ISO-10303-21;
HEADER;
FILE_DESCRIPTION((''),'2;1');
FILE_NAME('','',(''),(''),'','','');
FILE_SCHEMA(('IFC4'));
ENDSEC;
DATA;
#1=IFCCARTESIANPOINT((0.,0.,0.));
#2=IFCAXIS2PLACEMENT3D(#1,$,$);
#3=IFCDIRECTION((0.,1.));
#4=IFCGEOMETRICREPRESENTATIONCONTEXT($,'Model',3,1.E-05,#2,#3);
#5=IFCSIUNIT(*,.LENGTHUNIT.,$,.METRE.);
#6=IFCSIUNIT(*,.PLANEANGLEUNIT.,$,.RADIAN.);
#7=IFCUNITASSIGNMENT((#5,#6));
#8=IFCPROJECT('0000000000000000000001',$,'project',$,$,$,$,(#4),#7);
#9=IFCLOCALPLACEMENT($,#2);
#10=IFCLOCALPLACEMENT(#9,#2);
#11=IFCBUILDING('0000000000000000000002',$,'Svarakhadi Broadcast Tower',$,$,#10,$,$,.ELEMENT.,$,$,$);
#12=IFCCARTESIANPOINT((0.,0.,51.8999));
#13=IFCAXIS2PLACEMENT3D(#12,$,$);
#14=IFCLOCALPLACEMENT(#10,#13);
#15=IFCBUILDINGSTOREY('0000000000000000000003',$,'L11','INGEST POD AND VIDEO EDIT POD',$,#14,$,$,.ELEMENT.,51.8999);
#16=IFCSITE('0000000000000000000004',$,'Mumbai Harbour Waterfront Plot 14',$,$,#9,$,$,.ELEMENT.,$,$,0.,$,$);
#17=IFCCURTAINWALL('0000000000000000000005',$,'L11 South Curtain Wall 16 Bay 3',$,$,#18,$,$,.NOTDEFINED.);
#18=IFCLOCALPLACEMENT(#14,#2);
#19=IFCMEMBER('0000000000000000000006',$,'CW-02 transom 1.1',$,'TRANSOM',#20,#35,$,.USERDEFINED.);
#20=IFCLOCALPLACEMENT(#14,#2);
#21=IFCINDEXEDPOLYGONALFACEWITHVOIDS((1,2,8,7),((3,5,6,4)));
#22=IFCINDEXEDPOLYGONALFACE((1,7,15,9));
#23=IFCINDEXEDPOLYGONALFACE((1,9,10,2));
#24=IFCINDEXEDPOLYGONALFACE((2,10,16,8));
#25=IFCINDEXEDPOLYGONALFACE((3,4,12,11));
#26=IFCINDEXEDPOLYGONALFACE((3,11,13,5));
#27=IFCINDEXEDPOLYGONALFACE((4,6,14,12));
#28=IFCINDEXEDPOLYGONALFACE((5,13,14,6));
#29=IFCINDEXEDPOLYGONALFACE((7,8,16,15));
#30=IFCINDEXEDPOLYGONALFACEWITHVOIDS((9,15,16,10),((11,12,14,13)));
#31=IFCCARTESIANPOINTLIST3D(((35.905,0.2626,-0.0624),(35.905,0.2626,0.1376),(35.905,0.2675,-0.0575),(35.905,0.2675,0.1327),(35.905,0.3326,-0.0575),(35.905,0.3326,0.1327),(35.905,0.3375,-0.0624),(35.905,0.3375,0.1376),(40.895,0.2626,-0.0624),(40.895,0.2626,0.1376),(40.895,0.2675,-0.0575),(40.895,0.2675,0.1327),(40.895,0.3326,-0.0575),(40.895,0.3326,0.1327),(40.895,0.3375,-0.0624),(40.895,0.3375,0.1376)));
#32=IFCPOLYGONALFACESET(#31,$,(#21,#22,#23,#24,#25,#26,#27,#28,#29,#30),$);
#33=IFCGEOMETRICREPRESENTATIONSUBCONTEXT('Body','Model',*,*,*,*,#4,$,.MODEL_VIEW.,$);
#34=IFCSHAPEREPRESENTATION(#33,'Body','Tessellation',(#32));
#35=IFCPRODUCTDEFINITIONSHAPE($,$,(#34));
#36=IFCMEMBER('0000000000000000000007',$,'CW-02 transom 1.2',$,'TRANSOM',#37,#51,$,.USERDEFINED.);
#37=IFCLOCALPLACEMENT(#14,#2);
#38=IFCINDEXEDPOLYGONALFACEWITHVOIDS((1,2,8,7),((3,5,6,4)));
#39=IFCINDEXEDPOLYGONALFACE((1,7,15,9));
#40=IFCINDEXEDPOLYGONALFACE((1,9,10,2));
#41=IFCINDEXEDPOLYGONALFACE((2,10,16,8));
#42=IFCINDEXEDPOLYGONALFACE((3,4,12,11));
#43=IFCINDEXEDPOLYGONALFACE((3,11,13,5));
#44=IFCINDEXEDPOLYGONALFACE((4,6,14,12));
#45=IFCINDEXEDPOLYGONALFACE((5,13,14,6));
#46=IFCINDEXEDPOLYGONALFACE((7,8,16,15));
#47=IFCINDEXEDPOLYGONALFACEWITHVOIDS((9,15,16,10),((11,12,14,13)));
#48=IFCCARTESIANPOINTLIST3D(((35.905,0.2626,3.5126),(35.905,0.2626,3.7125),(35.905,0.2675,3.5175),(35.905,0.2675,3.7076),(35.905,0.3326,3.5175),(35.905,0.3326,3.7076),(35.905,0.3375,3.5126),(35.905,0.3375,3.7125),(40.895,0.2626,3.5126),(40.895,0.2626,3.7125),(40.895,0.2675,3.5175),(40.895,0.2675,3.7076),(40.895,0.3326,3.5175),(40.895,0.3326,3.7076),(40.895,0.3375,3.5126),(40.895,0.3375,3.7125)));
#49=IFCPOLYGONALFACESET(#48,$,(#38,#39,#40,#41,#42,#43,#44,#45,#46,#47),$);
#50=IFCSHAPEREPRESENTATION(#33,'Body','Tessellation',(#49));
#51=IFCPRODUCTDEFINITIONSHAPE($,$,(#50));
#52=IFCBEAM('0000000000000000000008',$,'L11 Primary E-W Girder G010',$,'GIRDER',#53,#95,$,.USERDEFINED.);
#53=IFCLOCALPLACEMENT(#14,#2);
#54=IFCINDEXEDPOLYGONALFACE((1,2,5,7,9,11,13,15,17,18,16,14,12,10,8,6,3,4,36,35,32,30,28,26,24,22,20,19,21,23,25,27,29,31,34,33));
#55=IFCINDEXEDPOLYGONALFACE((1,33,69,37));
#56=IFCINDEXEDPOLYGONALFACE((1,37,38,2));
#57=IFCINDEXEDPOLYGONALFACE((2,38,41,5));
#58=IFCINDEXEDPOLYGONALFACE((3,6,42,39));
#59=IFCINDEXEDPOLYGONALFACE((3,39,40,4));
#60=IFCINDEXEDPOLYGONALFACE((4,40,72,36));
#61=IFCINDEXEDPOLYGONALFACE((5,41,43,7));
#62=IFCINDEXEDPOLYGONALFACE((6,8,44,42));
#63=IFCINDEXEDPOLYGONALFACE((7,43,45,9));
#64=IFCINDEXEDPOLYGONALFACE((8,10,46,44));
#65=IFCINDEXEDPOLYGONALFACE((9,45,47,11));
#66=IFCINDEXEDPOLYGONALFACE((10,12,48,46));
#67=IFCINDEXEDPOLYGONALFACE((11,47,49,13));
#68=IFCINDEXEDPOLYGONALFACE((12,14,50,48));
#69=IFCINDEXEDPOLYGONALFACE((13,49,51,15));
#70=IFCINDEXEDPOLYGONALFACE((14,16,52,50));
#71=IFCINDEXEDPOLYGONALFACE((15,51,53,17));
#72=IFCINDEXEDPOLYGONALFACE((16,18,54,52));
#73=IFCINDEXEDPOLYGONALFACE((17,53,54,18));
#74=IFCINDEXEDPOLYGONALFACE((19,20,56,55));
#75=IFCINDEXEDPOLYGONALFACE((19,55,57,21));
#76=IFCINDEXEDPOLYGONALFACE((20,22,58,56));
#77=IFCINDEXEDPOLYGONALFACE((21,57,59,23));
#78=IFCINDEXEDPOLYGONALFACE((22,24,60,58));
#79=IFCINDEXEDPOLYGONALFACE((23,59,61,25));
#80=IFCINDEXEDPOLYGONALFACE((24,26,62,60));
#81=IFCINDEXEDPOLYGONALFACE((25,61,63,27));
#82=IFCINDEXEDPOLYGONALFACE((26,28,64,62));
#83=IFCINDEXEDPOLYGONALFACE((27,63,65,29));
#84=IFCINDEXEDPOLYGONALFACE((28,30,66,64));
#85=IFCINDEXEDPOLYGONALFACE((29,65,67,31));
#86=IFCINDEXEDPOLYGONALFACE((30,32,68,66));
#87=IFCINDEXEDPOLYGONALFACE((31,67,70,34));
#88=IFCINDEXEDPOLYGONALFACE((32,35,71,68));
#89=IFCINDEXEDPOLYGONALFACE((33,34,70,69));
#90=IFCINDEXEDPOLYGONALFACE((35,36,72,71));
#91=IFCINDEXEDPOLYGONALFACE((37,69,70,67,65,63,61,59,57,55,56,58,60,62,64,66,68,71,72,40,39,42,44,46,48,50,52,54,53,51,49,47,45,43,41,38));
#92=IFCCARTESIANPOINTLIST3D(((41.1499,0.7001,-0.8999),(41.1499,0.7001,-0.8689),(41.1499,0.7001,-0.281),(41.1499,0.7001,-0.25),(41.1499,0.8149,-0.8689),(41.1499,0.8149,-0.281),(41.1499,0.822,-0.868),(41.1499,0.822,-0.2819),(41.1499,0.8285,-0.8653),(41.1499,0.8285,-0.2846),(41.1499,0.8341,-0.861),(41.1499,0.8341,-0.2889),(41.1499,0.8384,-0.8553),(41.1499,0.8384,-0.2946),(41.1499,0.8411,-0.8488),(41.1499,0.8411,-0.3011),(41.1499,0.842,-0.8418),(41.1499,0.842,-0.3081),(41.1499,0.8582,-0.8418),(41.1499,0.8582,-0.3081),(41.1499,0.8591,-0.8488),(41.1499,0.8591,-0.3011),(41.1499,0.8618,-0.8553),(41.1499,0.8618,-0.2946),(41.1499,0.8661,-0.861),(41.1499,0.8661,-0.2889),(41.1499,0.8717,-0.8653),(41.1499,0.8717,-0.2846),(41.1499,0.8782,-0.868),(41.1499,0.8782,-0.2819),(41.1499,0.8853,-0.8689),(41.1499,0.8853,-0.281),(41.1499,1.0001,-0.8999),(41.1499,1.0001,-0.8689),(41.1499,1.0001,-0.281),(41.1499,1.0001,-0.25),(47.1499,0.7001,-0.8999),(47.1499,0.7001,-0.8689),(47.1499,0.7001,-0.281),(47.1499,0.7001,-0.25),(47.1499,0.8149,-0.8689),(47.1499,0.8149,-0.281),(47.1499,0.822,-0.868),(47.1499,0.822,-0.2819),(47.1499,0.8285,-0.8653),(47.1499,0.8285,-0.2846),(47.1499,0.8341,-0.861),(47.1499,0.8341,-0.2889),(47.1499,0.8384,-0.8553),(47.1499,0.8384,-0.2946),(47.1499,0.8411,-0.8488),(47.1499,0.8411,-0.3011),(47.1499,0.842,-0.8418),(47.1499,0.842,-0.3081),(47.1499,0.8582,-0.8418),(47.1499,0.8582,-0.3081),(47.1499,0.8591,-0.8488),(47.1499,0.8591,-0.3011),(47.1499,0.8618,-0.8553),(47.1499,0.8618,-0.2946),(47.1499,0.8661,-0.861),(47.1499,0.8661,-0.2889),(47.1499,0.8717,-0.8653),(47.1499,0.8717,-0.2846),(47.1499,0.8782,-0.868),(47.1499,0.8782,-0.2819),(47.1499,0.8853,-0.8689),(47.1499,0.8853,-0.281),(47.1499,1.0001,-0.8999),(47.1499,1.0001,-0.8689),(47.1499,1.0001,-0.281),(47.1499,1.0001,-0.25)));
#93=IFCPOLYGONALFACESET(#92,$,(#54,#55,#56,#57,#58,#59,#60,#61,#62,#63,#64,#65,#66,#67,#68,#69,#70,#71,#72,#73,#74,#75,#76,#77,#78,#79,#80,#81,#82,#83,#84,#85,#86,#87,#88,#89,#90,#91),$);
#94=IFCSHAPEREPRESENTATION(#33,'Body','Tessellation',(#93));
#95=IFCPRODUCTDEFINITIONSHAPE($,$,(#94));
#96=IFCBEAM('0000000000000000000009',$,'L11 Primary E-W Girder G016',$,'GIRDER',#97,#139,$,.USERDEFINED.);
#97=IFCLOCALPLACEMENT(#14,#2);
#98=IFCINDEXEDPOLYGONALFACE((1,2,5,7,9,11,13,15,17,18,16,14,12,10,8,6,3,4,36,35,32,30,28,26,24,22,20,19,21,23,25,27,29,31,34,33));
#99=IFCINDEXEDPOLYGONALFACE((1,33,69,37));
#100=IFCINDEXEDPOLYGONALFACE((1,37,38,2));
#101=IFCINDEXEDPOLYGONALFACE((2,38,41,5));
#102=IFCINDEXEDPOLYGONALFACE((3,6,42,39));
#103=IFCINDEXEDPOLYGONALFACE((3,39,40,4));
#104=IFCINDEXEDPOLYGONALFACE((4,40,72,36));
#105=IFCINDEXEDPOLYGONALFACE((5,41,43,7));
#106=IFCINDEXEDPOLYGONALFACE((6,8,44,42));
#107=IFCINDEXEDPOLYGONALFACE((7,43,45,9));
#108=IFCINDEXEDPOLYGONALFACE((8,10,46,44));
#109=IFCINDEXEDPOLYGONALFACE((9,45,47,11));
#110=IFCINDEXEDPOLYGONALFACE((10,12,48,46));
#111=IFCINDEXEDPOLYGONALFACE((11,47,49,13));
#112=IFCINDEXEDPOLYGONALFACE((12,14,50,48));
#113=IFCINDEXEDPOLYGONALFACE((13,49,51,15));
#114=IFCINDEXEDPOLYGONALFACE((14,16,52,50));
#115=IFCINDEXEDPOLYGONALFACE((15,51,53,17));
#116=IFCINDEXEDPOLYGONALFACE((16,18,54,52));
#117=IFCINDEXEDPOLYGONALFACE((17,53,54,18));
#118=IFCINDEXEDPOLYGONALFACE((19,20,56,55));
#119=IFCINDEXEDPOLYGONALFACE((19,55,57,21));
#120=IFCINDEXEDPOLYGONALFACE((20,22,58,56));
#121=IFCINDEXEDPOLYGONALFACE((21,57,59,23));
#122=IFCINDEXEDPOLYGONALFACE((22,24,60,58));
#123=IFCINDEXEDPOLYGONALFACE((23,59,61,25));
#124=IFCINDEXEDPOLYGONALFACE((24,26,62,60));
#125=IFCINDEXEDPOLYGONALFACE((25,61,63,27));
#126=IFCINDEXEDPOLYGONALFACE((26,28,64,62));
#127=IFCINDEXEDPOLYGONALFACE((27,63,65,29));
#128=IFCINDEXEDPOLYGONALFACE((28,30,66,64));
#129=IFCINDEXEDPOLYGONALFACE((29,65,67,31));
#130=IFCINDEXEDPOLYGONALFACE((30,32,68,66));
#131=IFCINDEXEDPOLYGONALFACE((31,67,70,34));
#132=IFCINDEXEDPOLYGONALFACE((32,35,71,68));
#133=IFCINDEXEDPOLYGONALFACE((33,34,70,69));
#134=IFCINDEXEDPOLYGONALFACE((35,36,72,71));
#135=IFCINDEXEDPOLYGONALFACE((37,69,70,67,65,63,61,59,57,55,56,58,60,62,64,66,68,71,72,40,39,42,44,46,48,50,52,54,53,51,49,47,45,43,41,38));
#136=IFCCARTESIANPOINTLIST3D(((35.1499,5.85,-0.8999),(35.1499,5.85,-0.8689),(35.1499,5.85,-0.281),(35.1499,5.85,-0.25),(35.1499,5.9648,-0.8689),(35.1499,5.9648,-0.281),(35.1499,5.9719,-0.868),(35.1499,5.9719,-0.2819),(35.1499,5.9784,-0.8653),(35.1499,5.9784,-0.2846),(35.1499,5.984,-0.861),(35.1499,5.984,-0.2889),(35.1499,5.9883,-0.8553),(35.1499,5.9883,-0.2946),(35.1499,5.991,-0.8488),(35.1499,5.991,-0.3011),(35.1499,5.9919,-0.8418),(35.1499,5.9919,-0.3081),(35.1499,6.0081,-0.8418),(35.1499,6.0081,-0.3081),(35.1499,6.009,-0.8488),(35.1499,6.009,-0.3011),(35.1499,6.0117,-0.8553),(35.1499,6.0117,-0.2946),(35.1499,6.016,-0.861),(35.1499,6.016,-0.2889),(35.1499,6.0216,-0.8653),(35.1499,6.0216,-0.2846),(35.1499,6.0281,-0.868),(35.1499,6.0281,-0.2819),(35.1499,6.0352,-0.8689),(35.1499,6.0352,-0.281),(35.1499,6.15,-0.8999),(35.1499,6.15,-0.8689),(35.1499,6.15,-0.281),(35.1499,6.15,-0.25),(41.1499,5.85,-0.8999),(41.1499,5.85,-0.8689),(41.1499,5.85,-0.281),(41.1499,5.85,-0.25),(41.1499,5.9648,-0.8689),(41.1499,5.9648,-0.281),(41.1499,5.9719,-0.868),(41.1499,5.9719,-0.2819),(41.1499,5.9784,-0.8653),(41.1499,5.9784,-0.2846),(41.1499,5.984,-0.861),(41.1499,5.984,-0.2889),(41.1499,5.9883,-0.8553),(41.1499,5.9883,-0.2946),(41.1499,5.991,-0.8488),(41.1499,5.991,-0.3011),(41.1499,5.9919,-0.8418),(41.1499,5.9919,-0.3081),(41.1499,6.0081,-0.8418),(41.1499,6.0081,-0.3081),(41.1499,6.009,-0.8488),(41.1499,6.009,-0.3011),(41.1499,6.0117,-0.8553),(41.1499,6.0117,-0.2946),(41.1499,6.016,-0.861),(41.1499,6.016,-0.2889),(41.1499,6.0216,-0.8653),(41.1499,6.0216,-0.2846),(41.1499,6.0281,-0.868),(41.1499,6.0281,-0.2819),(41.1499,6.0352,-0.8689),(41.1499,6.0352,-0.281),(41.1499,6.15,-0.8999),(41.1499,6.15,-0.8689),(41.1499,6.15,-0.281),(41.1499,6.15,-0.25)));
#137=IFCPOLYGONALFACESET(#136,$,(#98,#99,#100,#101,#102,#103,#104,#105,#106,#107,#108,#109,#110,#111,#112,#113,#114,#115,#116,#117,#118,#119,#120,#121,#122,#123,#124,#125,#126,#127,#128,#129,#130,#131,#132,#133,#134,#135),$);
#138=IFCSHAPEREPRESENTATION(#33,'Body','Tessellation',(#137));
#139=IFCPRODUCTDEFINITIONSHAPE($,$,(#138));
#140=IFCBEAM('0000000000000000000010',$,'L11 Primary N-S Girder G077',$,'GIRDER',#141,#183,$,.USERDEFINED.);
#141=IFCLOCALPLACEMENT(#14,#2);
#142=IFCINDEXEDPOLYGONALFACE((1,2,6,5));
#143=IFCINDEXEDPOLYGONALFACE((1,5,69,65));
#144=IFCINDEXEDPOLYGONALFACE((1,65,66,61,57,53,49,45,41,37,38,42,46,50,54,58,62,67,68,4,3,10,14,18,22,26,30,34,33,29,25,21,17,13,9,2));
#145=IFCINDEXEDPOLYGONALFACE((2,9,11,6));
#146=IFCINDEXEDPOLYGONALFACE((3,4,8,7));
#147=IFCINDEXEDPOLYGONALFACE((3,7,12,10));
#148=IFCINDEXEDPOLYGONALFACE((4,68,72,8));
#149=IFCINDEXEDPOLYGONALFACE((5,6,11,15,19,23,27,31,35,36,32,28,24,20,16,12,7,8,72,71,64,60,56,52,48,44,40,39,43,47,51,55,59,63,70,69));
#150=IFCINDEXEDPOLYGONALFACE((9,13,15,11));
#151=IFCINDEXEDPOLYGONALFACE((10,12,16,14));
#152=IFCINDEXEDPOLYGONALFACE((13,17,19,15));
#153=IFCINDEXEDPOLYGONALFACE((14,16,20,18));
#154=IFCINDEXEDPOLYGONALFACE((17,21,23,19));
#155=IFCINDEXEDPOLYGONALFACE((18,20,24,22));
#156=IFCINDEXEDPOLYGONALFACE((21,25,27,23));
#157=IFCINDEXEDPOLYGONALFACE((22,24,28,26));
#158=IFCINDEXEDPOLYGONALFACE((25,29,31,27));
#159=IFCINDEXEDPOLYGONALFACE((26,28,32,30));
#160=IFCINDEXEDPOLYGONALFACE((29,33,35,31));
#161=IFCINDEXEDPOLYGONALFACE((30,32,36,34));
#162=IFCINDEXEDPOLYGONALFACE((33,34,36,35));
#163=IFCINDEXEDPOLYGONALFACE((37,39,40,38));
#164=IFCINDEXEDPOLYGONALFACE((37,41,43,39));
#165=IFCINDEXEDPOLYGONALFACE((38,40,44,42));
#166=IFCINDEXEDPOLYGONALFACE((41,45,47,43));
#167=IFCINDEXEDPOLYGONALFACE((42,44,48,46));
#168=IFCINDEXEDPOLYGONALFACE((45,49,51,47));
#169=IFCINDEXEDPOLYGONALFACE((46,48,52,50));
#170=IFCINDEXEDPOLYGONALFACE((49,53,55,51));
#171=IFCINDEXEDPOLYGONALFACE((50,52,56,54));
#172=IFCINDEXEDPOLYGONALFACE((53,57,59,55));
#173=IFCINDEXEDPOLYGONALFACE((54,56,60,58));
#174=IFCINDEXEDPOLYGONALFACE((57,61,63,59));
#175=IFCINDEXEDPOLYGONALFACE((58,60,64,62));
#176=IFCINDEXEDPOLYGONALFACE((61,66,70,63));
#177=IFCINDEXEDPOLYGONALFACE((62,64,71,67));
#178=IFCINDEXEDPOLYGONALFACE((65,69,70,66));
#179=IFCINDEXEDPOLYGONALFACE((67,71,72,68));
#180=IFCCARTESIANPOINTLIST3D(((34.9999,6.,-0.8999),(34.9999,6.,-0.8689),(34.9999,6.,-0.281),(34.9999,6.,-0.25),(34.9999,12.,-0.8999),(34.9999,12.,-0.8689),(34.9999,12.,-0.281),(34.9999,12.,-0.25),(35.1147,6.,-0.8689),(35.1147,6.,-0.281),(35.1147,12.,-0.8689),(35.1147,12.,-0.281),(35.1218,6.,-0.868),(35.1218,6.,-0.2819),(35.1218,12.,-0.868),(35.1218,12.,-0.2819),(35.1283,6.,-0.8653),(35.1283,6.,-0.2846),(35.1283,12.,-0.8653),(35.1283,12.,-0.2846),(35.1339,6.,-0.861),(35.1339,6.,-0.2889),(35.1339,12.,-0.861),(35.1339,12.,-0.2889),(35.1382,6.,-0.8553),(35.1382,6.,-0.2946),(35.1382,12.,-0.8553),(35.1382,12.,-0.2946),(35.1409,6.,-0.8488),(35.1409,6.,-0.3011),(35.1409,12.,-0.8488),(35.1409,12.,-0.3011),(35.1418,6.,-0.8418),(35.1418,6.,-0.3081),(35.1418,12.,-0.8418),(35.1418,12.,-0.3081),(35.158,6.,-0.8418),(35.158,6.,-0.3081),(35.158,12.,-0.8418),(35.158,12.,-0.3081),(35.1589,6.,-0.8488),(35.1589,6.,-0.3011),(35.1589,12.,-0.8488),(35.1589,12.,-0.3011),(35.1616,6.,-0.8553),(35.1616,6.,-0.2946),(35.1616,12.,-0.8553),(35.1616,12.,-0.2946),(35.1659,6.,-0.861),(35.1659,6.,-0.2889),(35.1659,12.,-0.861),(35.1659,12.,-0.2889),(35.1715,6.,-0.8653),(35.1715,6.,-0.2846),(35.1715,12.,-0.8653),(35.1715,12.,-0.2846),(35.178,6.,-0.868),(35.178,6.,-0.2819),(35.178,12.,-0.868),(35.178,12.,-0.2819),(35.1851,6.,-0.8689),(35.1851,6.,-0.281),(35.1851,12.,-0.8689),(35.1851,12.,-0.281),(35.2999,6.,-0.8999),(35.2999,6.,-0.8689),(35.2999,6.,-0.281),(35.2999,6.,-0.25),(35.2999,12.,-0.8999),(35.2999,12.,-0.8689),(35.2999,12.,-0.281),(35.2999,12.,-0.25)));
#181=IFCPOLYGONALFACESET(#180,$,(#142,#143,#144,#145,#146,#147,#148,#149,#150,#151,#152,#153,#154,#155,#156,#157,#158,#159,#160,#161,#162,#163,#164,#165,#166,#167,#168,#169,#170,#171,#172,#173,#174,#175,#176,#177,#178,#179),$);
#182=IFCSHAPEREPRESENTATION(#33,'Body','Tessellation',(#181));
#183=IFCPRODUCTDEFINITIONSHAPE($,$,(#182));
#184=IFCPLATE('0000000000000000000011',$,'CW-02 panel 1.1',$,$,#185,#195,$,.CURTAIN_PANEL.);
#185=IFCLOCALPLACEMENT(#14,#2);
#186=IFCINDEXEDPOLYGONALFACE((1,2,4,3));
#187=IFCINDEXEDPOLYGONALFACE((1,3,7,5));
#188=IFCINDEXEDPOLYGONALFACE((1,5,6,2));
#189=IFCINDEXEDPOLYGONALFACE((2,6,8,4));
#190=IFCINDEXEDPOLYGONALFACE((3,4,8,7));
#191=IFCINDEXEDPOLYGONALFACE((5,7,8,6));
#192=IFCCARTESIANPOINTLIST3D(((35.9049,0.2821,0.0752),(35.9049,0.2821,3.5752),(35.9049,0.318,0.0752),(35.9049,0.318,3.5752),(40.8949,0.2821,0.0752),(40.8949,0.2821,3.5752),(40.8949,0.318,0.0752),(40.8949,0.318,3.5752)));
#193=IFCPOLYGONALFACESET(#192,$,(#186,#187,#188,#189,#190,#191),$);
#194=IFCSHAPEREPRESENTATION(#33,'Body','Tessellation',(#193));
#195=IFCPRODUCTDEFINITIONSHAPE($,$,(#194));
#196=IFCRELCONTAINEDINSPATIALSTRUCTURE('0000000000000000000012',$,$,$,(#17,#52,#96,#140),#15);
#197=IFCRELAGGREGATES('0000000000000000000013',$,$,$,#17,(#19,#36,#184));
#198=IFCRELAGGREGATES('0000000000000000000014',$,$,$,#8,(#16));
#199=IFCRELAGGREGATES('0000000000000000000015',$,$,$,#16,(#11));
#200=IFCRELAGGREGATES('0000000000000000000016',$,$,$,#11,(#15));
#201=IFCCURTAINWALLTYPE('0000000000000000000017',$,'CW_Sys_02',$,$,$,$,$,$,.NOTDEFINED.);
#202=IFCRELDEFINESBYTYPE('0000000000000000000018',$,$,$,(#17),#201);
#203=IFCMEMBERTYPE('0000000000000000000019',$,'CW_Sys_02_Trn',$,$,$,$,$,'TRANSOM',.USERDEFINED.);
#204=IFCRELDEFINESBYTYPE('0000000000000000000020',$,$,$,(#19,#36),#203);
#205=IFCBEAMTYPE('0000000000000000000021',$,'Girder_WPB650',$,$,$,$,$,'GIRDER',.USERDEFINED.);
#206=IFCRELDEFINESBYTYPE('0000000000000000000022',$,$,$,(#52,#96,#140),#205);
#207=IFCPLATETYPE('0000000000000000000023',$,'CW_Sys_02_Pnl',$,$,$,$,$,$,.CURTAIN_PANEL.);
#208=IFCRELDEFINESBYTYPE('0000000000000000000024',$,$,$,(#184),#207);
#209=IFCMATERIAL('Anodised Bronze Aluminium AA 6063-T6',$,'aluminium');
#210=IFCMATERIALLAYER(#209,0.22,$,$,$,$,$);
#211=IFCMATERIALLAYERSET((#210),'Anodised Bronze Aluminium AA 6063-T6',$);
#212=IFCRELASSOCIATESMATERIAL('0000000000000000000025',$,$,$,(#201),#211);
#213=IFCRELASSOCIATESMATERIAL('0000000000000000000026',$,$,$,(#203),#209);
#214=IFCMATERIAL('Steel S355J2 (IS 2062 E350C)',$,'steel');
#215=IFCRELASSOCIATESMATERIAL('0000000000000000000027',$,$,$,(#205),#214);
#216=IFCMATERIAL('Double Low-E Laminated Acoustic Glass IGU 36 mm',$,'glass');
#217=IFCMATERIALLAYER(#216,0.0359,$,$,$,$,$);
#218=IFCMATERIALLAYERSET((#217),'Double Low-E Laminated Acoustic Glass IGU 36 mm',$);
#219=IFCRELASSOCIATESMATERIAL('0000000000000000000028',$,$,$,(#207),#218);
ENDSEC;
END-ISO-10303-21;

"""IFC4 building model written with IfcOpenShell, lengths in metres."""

from ifc_helpers import new_model, si_unit, direction, frame, origin, origin_2d, place, context, subcontext, project, spatial, rectangle, hollow_rectangle, i_section, extrude, material, layer, layer_set, material_profile, profile_set, type_object, element, aggregate, save


model = new_model("IFC4")

# Units and contexts
model_context = context("Model", 3, precision=1e-05, world=origin(), true_north=direction((0.0, 1.0)))
body_context = subcontext(model_context, "Body", "Model", "MODEL_VIEW")
ifc_project = project(units=[si_unit("LENGTHUNIT", "METRE"), si_unit("PLANEANGLEUNIT", "RADIAN")], contexts=[model_context])

# Site, building, storey
site_placement = place(None, origin())
site = spatial("IfcSite", under=ifc_project, at=site_placement, Name="Mumbai Harbour Waterfront Plot 14", CompositionType="ELEMENT", RefElevation=0.0)
building_placement = place(site_placement, origin())
building = spatial("IfcBuilding", under=site, at=building_placement, Name="Svarakhadi Broadcast Tower", CompositionType="ELEMENT")
storey_placement = place(building_placement, frame((0.0, 0.0, 51.8999)))
storey = spatial("IfcBuildingStorey", under=building, at=storey_placement, Name="L11", Description="INGEST POD AND VIDEO EDIT POD", CompositionType="ELEMENT", Elevation=51.8999)

# Shared definitions
ifc_material_1 = material(Name="Steel S355J2 (IS 2062 E350C)", Category="steel")

# Curtain wall, members
ifc_material_2 = material(Name="Anodised Bronze Aluminium AA 6063-T6", Category="aluminium")
ifc_layer_1 = layer(ifc_material_2, 0.22)
ifc_layer_set_1 = layer_set([ifc_layer_1], Name="Anodised Bronze Aluminium AA 6063-T6")
curtain_wall_type = type_object("IfcCurtainWallType", Name="CW_Sys_02", PredefinedType="NOTDEFINED", material=ifc_layer_set_1)
curtain_wall_placement = place(storey_placement, origin())
curtain_wall = element("IfcCurtainWall", 1, at=curtain_wall_placement, inside=storey, type_object=curtain_wall_type, Name="L11 South Curtain Wall 16 Bay 3", PredefinedType="NOTDEFINED")
ifc_material_profile_1 = material_profile(ifc_material_2, hollow_rectangle(XDim=0.075, YDim=0.2, WallThickness=0.0049, at=origin_2d()), Name="ALU TRANSOM 200x75x5")
ifc_profile_set_1 = profile_set([ifc_material_profile_1], Name="Anodised Bronze Aluminium AA 6063-T6")
member_type_1 = type_object("IfcMemberType", Name="CW_Sys_02_Trn", ElementType="TRANSOM", PredefinedType="USERDEFINED", material=ifc_profile_set_1)
member_1_placement = place(storey_placement, frame((40.895, 0.3, 0.0376), z_axis=(-1.0, 0.0, 0.0), x_axis=(0.0, -1.0, 0.0)))
member_1 = element("IfcMember", 2, at=member_1_placement, type_object=member_type_1, Name="CW-02 transom 1.1", ObjectType="TRANSOM", PredefinedType="USERDEFINED", context=body_context, shape_type="SweptSolid", body=[
    extrude(hollow_rectangle(XDim=0.075, YDim=0.2, WallThickness=0.0049, at=origin_2d()), origin(), (0.0, 0.0, 1.0), 4.99),
])
member_2_placement = place(storey_placement, frame((40.895, 0.3, 3.6125), z_axis=(-1.0, 0.0, 0.0), x_axis=(0.0, -1.0, 0.0)))
member_2 = element("IfcMember", 3, at=member_2_placement, type_object=member_type_1, Name="CW-02 transom 1.2", ObjectType="TRANSOM", PredefinedType="USERDEFINED", context=body_context, shape_type="SweptSolid", body=[
    extrude(hollow_rectangle(XDim=0.075, YDim=0.2, WallThickness=0.0049, at=origin_2d()), origin(), (0.0, 0.0, 1.0), 4.99),
])

# Beams
ifc_material_profile_2 = material_profile(ifc_material_1, i_section(OverallWidth=0.3, OverallDepth=0.6499, WebThickness=0.0161, FlangeThickness=0.031, FilletRadius=0.0271, at=origin_2d()), Name="WPB 650x300x225")
ifc_profile_set_2 = profile_set([ifc_material_profile_2], Name="Steel S355J2 (IS 2062 E350C)")
beam_type_1 = type_object("IfcBeamType", Name="Girder_WPB650", ElementType="GIRDER", PredefinedType="USERDEFINED", material=ifc_profile_set_2)
for number, where, z_axis, x_axis, name in (
    (4, (41.1499, 0.8501, -0.575), (1.0, 0.0, 0.0), (0.0, 1.0, 0.0), "L11 Primary E-W Girder G010"),
    (5, (35.1499, 6.0, -0.575), (1.0, 0.0, 0.0), (0.0, 1.0, 0.0), "L11 Primary E-W Girder G016"),
    (6, (35.1499, 6.0, -0.575), (0.0, 1.0, 0.0), (-1.0, 0.0, 0.0), "L11 Primary N-S Girder G077"),
):
    element("IfcBeam", number, at=place(storey_placement, frame(where, z_axis=z_axis, x_axis=x_axis)), inside=storey, type_object=beam_type_1, Name=name, ObjectType="GIRDER", PredefinedType="USERDEFINED", context=body_context, shape_type="SweptSolid", body=[
        extrude(i_section(OverallWidth=0.3, OverallDepth=0.6499, WebThickness=0.0161, FlangeThickness=0.031, FilletRadius=0.0271, at=origin_2d()), origin(), (0.0, 0.0, 1.0), 6.0),
    ])

# Plate
ifc_material_3 = material(Name="Double Low-E Laminated Acoustic Glass IGU 36 mm", Category="glass")
ifc_layer_2 = layer(ifc_material_3, 0.0359)
ifc_layer_set_2 = layer_set([ifc_layer_2], Name="Double Low-E Laminated Acoustic Glass IGU 36 mm")
plate_type = type_object("IfcPlateType", Name="CW_Sys_02_Pnl", PredefinedType="CURTAIN_PANEL", material=ifc_layer_set_2)
plate_placement = place(storey_placement, frame((38.3999, 0.3, 0.0752), z_axis=(0.0, 0.0, 1.0), x_axis=(-1.0, 0.0, 0.0)))
plate = element("IfcPlate", 7, at=plate_placement, type_object=plate_type, Name="CW-02 panel 1.1", PredefinedType="CURTAIN_PANEL", context=body_context, shape_type="SweptSolid", body=[
    extrude(rectangle(XDim=4.99, YDim=0.0359, at=origin_2d()), origin(), (0.0, 0.0, 1.0), 3.5),
])
aggregate(curtain_wall, [member_1, member_2, plate])

save(model, "model.ifc")
